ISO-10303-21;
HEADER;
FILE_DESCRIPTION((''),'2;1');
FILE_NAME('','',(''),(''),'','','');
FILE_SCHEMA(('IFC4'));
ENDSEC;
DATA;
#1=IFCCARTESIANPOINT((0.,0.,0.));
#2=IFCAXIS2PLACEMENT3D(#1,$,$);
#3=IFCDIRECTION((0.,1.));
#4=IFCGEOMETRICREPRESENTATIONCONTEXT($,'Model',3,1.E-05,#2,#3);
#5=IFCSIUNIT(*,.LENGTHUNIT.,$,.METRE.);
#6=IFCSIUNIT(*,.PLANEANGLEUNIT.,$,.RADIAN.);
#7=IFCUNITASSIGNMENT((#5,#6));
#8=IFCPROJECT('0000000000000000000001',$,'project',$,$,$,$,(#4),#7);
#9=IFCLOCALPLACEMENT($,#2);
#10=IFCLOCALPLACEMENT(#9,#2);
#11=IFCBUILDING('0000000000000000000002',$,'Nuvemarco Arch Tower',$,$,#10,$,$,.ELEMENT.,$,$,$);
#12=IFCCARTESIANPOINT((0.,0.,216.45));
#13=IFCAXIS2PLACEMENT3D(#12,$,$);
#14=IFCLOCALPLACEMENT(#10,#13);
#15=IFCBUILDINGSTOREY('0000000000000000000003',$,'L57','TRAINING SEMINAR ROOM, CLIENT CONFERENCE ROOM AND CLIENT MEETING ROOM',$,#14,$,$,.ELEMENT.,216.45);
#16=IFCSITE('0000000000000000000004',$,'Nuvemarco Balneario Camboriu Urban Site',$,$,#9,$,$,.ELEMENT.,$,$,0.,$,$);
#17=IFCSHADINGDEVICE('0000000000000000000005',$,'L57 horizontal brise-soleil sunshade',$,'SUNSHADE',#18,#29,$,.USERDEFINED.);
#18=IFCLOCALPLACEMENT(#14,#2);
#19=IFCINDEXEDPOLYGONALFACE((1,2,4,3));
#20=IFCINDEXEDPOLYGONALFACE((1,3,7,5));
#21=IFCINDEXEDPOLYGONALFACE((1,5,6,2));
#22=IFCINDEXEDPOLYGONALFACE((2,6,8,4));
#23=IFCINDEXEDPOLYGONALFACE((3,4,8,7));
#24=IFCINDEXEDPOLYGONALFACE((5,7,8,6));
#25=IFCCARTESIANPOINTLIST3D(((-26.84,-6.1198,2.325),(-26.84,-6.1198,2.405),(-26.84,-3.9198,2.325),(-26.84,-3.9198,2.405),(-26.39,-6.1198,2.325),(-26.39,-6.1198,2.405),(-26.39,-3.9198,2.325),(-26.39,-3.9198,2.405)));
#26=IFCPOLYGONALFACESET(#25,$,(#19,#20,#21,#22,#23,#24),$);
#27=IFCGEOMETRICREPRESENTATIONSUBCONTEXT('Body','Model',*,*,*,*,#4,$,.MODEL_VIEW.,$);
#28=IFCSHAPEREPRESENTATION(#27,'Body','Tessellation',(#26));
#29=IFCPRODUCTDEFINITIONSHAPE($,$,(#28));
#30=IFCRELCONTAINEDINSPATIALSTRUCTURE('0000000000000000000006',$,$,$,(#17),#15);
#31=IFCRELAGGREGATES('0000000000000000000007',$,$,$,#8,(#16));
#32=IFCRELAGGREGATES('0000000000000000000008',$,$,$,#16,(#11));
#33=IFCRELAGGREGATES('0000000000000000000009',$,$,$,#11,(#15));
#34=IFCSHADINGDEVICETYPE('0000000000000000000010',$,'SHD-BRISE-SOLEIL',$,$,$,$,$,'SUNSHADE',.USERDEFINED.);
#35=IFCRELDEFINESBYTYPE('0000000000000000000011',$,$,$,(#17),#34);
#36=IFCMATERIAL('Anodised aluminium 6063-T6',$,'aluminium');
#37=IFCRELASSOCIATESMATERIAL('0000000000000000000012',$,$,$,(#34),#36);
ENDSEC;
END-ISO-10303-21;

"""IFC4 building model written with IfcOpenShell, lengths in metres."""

from ifc_helpers import new_model, si_unit, direction, frame, origin, origin_2d, place, context, subcontext, project, spatial, rectangle, extrude, source, transform, mapped, material, type_object, type_shapes, element, save


model = new_model("IFC4")

# Units and contexts
model_context = context("Model", 3, precision=1e-05, world=origin(), true_north=direction((0.0, 1.0)))
body_context = subcontext(model_context, "Body", "Model", "MODEL_VIEW")
ifc_project = project(units=[si_unit("LENGTHUNIT", "METRE"), si_unit("PLANEANGLEUNIT", "RADIAN")], contexts=[model_context])

# Site, building, storey
site_placement = place(None, origin())
site = spatial("IfcSite", under=ifc_project, at=site_placement, Name="Nuvemarco Balneario Camboriu Urban Site", CompositionType="ELEMENT", RefElevation=0.0)
building_placement = place(site_placement, origin())
building = spatial("IfcBuilding", under=site, at=building_placement, Name="Nuvemarco Arch Tower", CompositionType="ELEMENT")
storey_placement = place(building_placement, frame((0.0, 0.0, 216.45)))
storey = spatial("IfcBuildingStorey", under=building, at=storey_placement, Name="L57", Description="TRAINING SEMINAR ROOM, CLIENT CONFERENCE ROOM AND CLIENT MEETING ROOM", CompositionType="ELEMENT", Elevation=216.45)

# Shading device
ifc_material_1 = material(Name="Anodised aluminium 6063-T6", Category="aluminium")
shading_device_type = type_object("IfcShadingDeviceType", Name="SHD-BRISE-SOLEIL", ElementType="SUNSHADE", PredefinedType="USERDEFINED", material=ifc_material_1)
shared_shape_1 = source(origin(), body_context, "Body", "SweptSolid", [
    extrude(rectangle(XDim=2.2, YDim=0.45, at=origin_2d()), origin(), (0.0, 0.0, 1.0), 0.0801),
])
type_shapes(shading_device_type, [shared_shape_1])
for number, where, z_axis, x_axis, name in (
    (1, (-26.615, -5.0198, 2.325), (0.0, 0.0, 1.0), (0.0, 1.0, 0.0), "L57 horizontal brise-soleil sunshade"),
):
    element("IfcShadingDevice", number, at=place(storey_placement, frame(where, z_axis=z_axis, x_axis=x_axis)), inside=storey, type_object=shading_device_type, Name=name, ObjectType="SUNSHADE", PredefinedType="USERDEFINED", context=body_context, shape_type="MappedRepresentation", body=[
        mapped(shared_shape_1, transform((0.0, 0.0, 0.0), scale=1.0)),
    ])

save(model, "model.ifc")
